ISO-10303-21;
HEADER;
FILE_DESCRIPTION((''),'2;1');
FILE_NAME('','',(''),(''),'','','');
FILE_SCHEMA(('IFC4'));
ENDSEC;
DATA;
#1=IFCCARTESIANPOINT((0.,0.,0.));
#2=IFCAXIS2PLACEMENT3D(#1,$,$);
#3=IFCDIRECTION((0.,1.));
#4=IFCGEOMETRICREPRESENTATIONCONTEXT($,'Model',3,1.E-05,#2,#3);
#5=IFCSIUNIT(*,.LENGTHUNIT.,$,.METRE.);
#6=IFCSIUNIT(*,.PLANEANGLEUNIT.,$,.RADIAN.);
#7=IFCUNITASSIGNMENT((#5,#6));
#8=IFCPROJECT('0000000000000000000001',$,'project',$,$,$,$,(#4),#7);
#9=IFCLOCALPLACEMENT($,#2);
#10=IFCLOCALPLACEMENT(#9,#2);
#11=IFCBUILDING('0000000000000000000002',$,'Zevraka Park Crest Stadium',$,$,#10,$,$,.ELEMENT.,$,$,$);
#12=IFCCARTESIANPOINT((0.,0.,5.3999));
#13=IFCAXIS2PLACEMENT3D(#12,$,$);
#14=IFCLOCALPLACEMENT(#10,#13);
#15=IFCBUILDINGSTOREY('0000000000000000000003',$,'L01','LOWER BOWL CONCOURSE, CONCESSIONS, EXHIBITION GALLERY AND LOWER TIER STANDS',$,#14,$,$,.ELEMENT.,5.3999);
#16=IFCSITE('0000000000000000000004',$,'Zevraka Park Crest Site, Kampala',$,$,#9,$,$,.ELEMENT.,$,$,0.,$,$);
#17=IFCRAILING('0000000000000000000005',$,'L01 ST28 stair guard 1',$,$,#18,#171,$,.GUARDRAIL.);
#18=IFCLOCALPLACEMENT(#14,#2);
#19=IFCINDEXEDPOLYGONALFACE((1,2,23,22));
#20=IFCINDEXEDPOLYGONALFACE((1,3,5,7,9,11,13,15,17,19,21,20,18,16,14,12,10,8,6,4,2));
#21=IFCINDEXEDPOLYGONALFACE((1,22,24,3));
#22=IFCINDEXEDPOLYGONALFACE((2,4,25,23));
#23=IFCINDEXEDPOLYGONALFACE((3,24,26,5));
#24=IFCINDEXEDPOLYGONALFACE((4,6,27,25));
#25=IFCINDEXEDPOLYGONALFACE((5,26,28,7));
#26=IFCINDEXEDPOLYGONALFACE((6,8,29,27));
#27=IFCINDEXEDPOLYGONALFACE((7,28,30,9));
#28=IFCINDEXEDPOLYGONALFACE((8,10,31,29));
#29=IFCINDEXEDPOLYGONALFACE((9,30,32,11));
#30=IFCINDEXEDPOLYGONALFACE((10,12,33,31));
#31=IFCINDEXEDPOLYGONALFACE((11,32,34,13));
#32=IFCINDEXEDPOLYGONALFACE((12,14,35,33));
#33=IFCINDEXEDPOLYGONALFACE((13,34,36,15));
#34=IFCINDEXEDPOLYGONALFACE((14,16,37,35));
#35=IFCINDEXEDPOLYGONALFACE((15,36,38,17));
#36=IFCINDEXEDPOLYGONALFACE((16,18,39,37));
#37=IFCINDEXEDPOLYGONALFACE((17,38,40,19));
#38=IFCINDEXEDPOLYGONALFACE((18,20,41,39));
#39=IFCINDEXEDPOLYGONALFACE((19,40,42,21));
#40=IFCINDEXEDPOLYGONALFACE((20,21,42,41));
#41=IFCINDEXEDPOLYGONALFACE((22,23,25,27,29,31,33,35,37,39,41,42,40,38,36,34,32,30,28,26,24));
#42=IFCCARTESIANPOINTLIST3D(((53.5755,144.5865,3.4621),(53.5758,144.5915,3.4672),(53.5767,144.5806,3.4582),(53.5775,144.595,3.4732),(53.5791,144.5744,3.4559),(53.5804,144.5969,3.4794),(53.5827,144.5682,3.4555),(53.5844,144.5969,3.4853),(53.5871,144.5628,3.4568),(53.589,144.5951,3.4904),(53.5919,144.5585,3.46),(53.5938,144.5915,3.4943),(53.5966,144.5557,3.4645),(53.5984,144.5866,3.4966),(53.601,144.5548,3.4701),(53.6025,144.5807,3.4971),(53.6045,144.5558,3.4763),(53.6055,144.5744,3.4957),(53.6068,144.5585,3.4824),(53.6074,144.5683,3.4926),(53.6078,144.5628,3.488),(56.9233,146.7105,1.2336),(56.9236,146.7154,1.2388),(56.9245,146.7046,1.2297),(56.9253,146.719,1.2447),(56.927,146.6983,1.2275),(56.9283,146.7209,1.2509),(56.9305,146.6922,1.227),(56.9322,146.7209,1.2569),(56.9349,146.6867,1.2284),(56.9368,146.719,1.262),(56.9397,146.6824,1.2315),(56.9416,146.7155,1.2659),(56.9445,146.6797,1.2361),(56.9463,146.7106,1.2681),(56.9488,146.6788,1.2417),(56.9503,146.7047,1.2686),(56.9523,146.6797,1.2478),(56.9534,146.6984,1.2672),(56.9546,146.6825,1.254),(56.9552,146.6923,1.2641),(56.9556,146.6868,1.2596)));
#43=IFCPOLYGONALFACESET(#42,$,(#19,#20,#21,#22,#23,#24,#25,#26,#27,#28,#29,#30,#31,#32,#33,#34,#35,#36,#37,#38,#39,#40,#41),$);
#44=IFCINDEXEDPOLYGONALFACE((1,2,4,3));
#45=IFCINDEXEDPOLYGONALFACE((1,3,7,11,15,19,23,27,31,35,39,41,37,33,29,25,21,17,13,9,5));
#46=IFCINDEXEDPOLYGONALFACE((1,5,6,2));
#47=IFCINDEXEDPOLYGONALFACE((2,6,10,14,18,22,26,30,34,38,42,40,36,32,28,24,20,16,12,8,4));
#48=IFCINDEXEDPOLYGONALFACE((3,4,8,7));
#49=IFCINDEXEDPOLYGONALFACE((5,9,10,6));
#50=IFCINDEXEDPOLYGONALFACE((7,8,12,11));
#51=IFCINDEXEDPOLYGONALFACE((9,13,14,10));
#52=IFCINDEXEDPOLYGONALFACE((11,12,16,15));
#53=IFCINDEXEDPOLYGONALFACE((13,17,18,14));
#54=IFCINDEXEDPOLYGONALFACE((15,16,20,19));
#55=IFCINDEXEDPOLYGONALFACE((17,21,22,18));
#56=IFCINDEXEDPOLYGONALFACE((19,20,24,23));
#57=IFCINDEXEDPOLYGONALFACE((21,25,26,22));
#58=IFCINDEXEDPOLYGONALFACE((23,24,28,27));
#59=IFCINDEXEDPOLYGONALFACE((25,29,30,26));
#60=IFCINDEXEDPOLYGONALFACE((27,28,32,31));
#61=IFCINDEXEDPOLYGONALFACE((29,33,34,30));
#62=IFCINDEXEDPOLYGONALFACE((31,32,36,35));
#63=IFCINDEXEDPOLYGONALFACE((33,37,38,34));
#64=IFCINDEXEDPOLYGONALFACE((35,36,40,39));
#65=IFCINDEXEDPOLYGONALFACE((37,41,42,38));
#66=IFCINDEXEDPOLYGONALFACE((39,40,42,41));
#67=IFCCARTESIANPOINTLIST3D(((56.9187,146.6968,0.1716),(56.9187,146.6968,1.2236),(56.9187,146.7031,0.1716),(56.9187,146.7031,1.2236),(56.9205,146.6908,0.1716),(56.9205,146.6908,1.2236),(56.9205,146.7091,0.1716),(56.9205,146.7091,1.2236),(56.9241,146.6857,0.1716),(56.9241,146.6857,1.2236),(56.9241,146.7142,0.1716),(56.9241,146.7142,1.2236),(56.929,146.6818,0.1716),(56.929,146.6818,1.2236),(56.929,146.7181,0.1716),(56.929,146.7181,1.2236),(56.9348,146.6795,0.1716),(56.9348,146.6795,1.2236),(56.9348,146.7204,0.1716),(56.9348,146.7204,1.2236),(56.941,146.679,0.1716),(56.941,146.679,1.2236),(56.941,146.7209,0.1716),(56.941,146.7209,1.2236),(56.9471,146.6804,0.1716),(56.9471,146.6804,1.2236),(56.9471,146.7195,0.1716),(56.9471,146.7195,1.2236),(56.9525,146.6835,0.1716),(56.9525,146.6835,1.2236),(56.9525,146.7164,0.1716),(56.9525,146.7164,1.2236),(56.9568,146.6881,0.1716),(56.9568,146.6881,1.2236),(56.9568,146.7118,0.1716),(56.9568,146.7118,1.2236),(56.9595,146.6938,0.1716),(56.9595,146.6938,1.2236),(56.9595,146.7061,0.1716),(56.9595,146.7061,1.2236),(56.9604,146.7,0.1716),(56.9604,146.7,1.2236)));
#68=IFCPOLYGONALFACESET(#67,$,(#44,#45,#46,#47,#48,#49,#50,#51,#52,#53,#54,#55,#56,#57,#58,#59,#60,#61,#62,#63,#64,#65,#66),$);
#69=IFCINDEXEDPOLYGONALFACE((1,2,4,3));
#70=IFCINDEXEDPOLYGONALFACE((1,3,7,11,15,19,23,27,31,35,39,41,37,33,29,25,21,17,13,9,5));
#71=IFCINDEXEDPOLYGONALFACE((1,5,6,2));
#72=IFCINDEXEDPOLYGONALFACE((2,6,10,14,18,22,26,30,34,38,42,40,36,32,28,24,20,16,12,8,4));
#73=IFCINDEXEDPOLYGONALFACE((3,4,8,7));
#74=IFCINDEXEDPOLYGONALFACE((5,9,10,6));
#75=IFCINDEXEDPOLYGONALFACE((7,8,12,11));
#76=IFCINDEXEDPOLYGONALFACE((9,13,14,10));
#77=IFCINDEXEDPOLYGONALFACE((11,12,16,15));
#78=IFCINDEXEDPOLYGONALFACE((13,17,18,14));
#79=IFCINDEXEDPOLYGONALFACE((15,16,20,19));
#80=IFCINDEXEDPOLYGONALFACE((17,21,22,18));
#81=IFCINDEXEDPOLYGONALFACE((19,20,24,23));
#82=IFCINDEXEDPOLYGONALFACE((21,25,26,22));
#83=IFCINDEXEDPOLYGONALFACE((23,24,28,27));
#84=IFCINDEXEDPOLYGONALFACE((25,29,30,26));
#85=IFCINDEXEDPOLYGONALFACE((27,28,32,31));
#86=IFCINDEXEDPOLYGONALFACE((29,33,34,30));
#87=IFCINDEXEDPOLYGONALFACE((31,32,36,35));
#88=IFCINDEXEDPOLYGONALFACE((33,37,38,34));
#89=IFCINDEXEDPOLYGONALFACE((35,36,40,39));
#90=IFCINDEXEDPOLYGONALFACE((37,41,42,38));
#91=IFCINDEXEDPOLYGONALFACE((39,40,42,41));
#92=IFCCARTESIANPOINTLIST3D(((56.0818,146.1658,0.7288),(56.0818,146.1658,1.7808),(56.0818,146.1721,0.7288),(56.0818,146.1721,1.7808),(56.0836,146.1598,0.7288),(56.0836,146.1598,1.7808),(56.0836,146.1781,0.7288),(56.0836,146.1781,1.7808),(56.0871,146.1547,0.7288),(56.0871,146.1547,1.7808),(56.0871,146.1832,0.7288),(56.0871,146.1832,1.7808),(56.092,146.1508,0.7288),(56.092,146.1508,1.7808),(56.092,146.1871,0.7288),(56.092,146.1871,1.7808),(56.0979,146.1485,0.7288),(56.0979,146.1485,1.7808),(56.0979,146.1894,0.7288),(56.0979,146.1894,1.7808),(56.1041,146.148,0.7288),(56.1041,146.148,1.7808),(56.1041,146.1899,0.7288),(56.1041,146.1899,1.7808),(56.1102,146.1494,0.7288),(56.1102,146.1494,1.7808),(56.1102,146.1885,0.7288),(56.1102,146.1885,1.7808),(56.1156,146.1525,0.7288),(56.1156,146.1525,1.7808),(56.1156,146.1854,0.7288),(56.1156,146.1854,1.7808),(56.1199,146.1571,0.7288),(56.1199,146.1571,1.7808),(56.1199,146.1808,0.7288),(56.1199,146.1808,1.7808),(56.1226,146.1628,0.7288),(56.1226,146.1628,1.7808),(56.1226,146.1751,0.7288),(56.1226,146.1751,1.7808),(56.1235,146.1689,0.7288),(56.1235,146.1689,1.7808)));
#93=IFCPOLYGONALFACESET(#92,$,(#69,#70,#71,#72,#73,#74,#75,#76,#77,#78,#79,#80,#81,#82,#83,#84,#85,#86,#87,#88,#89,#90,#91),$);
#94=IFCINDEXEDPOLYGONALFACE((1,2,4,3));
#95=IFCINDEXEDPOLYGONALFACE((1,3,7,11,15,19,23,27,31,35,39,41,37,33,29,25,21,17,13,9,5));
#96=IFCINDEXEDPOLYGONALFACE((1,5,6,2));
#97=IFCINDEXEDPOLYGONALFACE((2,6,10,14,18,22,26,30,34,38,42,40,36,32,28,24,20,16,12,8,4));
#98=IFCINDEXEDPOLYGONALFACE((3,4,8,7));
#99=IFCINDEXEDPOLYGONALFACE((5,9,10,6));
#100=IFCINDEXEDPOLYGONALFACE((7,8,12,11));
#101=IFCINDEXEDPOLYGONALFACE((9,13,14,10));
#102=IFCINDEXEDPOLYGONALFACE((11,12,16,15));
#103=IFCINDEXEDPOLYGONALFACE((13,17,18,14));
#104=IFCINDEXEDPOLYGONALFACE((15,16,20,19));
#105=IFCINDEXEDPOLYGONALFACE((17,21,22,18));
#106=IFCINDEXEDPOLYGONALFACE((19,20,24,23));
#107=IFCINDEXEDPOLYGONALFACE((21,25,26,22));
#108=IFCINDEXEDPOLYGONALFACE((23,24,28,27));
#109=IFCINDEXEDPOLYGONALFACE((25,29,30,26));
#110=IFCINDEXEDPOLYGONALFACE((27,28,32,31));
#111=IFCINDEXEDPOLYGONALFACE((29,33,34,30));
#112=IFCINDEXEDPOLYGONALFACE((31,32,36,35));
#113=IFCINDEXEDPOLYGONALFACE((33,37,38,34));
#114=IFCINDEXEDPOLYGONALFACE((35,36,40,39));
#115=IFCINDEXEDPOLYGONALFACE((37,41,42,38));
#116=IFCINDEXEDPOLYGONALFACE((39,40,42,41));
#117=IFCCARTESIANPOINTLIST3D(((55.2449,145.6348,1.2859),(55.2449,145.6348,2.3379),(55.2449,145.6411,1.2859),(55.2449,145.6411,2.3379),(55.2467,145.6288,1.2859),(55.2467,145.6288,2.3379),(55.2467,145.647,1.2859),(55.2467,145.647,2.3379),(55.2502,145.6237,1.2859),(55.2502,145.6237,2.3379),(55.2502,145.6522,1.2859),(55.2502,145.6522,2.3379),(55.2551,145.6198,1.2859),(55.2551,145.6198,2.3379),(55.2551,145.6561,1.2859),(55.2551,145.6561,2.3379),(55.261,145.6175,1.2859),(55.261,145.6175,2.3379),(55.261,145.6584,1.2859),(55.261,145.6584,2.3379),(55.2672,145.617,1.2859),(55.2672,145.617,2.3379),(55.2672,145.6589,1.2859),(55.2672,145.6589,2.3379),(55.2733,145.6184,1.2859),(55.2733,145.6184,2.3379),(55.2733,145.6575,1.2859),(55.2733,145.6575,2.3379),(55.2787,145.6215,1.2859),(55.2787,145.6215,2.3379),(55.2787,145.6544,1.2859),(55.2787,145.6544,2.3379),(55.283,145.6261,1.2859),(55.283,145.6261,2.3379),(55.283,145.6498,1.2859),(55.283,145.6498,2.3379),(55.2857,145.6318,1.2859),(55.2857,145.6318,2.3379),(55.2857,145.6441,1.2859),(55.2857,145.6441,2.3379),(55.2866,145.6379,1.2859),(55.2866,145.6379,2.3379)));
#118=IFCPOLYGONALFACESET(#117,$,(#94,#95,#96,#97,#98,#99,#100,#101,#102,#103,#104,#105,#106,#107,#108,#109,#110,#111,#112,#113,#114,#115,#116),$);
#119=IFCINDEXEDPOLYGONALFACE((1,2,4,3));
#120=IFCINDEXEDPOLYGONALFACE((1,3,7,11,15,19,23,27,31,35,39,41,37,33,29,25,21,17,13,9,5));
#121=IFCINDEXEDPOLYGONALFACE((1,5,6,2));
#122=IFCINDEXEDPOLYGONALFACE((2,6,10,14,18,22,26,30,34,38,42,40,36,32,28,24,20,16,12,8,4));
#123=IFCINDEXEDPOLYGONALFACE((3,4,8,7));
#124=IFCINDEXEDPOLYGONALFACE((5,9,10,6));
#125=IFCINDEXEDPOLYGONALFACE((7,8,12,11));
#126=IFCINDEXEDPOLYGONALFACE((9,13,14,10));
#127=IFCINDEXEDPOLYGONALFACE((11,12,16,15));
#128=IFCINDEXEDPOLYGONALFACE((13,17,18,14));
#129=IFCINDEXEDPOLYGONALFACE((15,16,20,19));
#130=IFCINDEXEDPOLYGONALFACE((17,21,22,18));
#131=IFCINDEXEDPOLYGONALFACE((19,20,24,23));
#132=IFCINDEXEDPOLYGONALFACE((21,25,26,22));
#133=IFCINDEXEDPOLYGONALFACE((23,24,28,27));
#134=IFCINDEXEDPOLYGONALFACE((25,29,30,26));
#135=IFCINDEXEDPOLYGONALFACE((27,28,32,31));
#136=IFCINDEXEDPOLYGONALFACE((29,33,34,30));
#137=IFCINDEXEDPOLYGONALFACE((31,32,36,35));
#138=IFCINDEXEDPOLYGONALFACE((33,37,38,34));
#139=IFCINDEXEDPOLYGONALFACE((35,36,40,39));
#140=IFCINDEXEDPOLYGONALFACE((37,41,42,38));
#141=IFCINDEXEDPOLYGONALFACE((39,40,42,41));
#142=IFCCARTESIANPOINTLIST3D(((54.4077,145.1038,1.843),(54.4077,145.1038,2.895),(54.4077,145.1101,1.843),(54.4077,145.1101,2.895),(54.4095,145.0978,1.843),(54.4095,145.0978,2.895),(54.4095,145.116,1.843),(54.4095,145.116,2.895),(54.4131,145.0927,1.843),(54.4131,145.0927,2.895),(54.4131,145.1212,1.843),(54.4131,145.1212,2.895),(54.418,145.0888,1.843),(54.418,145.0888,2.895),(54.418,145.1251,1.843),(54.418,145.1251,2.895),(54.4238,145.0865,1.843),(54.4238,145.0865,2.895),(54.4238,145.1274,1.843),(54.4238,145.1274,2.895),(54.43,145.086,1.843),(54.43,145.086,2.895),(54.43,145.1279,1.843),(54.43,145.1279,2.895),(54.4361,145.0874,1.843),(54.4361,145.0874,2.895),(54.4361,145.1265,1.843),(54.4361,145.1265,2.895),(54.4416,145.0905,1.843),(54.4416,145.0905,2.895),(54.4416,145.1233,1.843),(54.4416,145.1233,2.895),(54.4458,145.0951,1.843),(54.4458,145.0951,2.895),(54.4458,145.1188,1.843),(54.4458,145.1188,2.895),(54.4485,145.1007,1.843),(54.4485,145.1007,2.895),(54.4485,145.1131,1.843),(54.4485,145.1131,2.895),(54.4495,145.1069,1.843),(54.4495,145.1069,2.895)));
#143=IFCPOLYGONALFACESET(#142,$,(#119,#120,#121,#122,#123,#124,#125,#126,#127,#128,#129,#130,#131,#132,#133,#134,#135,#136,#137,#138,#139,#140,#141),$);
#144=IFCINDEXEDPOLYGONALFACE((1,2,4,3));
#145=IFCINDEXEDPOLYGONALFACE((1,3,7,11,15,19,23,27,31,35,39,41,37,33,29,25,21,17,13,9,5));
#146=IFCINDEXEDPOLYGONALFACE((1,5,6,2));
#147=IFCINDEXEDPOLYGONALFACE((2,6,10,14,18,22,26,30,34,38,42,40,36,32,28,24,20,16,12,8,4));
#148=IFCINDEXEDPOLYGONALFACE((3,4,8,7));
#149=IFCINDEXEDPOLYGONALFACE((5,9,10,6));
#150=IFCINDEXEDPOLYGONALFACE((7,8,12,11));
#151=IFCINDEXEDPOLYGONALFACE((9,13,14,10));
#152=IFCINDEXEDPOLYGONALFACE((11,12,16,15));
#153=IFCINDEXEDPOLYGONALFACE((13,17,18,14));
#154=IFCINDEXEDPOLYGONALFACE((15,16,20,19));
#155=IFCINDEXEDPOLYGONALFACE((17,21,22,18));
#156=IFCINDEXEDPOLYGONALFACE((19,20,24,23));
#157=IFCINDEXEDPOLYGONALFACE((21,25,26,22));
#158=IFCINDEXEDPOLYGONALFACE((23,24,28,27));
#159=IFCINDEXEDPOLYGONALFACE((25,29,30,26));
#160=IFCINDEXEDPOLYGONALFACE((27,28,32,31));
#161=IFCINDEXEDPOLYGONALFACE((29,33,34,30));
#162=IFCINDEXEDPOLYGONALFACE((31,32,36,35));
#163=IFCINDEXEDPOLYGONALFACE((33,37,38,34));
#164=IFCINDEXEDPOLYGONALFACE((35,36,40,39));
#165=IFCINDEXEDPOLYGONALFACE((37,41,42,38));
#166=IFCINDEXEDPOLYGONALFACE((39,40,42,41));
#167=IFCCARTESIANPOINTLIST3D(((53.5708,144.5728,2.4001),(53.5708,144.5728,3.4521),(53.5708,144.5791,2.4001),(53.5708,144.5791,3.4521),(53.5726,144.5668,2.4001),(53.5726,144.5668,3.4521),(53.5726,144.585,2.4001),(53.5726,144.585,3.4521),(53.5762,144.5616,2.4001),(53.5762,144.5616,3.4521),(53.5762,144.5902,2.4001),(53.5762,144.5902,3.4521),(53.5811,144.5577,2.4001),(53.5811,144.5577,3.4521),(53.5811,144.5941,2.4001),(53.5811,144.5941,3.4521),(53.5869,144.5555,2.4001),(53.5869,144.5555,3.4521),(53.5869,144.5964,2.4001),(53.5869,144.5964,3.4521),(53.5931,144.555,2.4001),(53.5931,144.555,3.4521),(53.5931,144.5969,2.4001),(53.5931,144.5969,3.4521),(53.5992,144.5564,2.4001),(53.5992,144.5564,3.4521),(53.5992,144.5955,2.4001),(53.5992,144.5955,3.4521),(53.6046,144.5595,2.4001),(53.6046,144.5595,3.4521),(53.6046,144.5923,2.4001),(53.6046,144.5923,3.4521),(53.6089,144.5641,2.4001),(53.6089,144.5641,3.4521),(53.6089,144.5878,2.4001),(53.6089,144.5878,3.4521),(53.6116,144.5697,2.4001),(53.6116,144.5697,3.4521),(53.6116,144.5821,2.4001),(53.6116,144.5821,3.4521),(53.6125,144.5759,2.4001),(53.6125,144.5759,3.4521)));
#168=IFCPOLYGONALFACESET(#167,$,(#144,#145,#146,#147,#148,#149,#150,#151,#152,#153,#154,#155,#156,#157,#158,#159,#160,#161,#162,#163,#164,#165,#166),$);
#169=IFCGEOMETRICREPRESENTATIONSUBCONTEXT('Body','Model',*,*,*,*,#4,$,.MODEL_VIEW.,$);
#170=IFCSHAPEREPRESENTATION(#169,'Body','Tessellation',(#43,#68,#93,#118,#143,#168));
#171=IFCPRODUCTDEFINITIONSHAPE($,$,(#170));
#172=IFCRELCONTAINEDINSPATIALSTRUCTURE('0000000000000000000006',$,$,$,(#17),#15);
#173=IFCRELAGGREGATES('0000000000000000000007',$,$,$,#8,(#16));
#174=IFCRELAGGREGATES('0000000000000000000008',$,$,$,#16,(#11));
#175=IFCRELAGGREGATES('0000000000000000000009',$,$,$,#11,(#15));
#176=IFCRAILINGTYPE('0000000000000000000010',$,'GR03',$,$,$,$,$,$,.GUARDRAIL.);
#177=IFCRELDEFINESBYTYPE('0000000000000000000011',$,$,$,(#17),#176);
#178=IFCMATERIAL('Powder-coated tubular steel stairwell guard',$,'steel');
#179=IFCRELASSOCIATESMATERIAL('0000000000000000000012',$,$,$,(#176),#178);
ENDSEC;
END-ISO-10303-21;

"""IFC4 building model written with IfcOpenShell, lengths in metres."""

from ifc_helpers import new_model, si_unit, direction, frame, origin, origin_2d, place, context, subcontext, project, spatial, circle, extrude, material, type_object, element, save


model = new_model("IFC4")

# Units and contexts
model_context = context("Model", 3, precision=1e-05, world=origin(), true_north=direction((0.0, 1.0)))
body_context = subcontext(model_context, "Body", "Model", "MODEL_VIEW")
ifc_project = project(units=[si_unit("LENGTHUNIT", "METRE"), si_unit("PLANEANGLEUNIT", "RADIAN")], contexts=[model_context])

# Site, building, storey
site_placement = place(None, origin())
site = spatial("IfcSite", under=ifc_project, at=site_placement, Name="Zevraka Park Crest Site, Kampala", CompositionType="ELEMENT", RefElevation=0.0)
building_placement = place(site_placement, origin())
building = spatial("IfcBuilding", under=site, at=building_placement, Name="Zevraka Park Crest Stadium", CompositionType="ELEMENT")
storey_placement = place(building_placement, frame((0.0, 0.0, 5.3999)))
storey = spatial("IfcBuildingStorey", under=building, at=storey_placement, Name="L01", Description="LOWER BOWL CONCOURSE, CONCESSIONS, EXHIBITION GALLERY AND LOWER TIER STANDS", CompositionType="ELEMENT", Elevation=5.3999)

# Railing
ifc_material_1 = material(Name="Powder-coated tubular steel stairwell guard", Category="steel")
railing_type_1 = type_object("IfcRailingType", Name="GR03", PredefinedType="GUARDRAIL", material=ifc_material_1)
railing_1_placement = place(storey_placement, frame((56.9395, 146.7, 0.1716)))
element("IfcRailing", 1, at=railing_1_placement, inside=storey, type_object=railing_type_1, Name="L01 ST28 stair guard 1", PredefinedType="GUARDRAIL", context=body_context, shape_type="SweptSolid", body=[
    extrude(circle(Radius=0.0239, at=origin_2d()), frame((0.0, 0.0, 1.0762), z_axis=(-0.736092, -0.467002, 0.489977), x_axis=(0.535716, -0.844399, 0.0)), (0.0, 0.0, 1.0), 4.5481),
    extrude(circle(Radius=0.021, at=origin_2d()), origin(), (0.0, 0.0, 1.0), 1.052),
    extrude(circle(Radius=0.021, at=origin_2d()), frame((-0.8369, -0.531, 0.5571)), (0.0, 0.0, 1.0), 1.052),
    extrude(circle(Radius=0.021, at=origin_2d()), frame((-1.6738, -1.062, 1.1143)), (0.0, 0.0, 1.0), 1.052),
    extrude(circle(Radius=0.021, at=origin_2d()), frame((-2.511, -1.593, 1.6714)), (0.0, 0.0, 1.0), 1.052),
    extrude(circle(Radius=0.021, at=origin_2d()), frame((-3.3479, -2.124, 2.2285)), (0.0, 0.0, 1.0), 1.052),
])

save(model, "model.ifc")
